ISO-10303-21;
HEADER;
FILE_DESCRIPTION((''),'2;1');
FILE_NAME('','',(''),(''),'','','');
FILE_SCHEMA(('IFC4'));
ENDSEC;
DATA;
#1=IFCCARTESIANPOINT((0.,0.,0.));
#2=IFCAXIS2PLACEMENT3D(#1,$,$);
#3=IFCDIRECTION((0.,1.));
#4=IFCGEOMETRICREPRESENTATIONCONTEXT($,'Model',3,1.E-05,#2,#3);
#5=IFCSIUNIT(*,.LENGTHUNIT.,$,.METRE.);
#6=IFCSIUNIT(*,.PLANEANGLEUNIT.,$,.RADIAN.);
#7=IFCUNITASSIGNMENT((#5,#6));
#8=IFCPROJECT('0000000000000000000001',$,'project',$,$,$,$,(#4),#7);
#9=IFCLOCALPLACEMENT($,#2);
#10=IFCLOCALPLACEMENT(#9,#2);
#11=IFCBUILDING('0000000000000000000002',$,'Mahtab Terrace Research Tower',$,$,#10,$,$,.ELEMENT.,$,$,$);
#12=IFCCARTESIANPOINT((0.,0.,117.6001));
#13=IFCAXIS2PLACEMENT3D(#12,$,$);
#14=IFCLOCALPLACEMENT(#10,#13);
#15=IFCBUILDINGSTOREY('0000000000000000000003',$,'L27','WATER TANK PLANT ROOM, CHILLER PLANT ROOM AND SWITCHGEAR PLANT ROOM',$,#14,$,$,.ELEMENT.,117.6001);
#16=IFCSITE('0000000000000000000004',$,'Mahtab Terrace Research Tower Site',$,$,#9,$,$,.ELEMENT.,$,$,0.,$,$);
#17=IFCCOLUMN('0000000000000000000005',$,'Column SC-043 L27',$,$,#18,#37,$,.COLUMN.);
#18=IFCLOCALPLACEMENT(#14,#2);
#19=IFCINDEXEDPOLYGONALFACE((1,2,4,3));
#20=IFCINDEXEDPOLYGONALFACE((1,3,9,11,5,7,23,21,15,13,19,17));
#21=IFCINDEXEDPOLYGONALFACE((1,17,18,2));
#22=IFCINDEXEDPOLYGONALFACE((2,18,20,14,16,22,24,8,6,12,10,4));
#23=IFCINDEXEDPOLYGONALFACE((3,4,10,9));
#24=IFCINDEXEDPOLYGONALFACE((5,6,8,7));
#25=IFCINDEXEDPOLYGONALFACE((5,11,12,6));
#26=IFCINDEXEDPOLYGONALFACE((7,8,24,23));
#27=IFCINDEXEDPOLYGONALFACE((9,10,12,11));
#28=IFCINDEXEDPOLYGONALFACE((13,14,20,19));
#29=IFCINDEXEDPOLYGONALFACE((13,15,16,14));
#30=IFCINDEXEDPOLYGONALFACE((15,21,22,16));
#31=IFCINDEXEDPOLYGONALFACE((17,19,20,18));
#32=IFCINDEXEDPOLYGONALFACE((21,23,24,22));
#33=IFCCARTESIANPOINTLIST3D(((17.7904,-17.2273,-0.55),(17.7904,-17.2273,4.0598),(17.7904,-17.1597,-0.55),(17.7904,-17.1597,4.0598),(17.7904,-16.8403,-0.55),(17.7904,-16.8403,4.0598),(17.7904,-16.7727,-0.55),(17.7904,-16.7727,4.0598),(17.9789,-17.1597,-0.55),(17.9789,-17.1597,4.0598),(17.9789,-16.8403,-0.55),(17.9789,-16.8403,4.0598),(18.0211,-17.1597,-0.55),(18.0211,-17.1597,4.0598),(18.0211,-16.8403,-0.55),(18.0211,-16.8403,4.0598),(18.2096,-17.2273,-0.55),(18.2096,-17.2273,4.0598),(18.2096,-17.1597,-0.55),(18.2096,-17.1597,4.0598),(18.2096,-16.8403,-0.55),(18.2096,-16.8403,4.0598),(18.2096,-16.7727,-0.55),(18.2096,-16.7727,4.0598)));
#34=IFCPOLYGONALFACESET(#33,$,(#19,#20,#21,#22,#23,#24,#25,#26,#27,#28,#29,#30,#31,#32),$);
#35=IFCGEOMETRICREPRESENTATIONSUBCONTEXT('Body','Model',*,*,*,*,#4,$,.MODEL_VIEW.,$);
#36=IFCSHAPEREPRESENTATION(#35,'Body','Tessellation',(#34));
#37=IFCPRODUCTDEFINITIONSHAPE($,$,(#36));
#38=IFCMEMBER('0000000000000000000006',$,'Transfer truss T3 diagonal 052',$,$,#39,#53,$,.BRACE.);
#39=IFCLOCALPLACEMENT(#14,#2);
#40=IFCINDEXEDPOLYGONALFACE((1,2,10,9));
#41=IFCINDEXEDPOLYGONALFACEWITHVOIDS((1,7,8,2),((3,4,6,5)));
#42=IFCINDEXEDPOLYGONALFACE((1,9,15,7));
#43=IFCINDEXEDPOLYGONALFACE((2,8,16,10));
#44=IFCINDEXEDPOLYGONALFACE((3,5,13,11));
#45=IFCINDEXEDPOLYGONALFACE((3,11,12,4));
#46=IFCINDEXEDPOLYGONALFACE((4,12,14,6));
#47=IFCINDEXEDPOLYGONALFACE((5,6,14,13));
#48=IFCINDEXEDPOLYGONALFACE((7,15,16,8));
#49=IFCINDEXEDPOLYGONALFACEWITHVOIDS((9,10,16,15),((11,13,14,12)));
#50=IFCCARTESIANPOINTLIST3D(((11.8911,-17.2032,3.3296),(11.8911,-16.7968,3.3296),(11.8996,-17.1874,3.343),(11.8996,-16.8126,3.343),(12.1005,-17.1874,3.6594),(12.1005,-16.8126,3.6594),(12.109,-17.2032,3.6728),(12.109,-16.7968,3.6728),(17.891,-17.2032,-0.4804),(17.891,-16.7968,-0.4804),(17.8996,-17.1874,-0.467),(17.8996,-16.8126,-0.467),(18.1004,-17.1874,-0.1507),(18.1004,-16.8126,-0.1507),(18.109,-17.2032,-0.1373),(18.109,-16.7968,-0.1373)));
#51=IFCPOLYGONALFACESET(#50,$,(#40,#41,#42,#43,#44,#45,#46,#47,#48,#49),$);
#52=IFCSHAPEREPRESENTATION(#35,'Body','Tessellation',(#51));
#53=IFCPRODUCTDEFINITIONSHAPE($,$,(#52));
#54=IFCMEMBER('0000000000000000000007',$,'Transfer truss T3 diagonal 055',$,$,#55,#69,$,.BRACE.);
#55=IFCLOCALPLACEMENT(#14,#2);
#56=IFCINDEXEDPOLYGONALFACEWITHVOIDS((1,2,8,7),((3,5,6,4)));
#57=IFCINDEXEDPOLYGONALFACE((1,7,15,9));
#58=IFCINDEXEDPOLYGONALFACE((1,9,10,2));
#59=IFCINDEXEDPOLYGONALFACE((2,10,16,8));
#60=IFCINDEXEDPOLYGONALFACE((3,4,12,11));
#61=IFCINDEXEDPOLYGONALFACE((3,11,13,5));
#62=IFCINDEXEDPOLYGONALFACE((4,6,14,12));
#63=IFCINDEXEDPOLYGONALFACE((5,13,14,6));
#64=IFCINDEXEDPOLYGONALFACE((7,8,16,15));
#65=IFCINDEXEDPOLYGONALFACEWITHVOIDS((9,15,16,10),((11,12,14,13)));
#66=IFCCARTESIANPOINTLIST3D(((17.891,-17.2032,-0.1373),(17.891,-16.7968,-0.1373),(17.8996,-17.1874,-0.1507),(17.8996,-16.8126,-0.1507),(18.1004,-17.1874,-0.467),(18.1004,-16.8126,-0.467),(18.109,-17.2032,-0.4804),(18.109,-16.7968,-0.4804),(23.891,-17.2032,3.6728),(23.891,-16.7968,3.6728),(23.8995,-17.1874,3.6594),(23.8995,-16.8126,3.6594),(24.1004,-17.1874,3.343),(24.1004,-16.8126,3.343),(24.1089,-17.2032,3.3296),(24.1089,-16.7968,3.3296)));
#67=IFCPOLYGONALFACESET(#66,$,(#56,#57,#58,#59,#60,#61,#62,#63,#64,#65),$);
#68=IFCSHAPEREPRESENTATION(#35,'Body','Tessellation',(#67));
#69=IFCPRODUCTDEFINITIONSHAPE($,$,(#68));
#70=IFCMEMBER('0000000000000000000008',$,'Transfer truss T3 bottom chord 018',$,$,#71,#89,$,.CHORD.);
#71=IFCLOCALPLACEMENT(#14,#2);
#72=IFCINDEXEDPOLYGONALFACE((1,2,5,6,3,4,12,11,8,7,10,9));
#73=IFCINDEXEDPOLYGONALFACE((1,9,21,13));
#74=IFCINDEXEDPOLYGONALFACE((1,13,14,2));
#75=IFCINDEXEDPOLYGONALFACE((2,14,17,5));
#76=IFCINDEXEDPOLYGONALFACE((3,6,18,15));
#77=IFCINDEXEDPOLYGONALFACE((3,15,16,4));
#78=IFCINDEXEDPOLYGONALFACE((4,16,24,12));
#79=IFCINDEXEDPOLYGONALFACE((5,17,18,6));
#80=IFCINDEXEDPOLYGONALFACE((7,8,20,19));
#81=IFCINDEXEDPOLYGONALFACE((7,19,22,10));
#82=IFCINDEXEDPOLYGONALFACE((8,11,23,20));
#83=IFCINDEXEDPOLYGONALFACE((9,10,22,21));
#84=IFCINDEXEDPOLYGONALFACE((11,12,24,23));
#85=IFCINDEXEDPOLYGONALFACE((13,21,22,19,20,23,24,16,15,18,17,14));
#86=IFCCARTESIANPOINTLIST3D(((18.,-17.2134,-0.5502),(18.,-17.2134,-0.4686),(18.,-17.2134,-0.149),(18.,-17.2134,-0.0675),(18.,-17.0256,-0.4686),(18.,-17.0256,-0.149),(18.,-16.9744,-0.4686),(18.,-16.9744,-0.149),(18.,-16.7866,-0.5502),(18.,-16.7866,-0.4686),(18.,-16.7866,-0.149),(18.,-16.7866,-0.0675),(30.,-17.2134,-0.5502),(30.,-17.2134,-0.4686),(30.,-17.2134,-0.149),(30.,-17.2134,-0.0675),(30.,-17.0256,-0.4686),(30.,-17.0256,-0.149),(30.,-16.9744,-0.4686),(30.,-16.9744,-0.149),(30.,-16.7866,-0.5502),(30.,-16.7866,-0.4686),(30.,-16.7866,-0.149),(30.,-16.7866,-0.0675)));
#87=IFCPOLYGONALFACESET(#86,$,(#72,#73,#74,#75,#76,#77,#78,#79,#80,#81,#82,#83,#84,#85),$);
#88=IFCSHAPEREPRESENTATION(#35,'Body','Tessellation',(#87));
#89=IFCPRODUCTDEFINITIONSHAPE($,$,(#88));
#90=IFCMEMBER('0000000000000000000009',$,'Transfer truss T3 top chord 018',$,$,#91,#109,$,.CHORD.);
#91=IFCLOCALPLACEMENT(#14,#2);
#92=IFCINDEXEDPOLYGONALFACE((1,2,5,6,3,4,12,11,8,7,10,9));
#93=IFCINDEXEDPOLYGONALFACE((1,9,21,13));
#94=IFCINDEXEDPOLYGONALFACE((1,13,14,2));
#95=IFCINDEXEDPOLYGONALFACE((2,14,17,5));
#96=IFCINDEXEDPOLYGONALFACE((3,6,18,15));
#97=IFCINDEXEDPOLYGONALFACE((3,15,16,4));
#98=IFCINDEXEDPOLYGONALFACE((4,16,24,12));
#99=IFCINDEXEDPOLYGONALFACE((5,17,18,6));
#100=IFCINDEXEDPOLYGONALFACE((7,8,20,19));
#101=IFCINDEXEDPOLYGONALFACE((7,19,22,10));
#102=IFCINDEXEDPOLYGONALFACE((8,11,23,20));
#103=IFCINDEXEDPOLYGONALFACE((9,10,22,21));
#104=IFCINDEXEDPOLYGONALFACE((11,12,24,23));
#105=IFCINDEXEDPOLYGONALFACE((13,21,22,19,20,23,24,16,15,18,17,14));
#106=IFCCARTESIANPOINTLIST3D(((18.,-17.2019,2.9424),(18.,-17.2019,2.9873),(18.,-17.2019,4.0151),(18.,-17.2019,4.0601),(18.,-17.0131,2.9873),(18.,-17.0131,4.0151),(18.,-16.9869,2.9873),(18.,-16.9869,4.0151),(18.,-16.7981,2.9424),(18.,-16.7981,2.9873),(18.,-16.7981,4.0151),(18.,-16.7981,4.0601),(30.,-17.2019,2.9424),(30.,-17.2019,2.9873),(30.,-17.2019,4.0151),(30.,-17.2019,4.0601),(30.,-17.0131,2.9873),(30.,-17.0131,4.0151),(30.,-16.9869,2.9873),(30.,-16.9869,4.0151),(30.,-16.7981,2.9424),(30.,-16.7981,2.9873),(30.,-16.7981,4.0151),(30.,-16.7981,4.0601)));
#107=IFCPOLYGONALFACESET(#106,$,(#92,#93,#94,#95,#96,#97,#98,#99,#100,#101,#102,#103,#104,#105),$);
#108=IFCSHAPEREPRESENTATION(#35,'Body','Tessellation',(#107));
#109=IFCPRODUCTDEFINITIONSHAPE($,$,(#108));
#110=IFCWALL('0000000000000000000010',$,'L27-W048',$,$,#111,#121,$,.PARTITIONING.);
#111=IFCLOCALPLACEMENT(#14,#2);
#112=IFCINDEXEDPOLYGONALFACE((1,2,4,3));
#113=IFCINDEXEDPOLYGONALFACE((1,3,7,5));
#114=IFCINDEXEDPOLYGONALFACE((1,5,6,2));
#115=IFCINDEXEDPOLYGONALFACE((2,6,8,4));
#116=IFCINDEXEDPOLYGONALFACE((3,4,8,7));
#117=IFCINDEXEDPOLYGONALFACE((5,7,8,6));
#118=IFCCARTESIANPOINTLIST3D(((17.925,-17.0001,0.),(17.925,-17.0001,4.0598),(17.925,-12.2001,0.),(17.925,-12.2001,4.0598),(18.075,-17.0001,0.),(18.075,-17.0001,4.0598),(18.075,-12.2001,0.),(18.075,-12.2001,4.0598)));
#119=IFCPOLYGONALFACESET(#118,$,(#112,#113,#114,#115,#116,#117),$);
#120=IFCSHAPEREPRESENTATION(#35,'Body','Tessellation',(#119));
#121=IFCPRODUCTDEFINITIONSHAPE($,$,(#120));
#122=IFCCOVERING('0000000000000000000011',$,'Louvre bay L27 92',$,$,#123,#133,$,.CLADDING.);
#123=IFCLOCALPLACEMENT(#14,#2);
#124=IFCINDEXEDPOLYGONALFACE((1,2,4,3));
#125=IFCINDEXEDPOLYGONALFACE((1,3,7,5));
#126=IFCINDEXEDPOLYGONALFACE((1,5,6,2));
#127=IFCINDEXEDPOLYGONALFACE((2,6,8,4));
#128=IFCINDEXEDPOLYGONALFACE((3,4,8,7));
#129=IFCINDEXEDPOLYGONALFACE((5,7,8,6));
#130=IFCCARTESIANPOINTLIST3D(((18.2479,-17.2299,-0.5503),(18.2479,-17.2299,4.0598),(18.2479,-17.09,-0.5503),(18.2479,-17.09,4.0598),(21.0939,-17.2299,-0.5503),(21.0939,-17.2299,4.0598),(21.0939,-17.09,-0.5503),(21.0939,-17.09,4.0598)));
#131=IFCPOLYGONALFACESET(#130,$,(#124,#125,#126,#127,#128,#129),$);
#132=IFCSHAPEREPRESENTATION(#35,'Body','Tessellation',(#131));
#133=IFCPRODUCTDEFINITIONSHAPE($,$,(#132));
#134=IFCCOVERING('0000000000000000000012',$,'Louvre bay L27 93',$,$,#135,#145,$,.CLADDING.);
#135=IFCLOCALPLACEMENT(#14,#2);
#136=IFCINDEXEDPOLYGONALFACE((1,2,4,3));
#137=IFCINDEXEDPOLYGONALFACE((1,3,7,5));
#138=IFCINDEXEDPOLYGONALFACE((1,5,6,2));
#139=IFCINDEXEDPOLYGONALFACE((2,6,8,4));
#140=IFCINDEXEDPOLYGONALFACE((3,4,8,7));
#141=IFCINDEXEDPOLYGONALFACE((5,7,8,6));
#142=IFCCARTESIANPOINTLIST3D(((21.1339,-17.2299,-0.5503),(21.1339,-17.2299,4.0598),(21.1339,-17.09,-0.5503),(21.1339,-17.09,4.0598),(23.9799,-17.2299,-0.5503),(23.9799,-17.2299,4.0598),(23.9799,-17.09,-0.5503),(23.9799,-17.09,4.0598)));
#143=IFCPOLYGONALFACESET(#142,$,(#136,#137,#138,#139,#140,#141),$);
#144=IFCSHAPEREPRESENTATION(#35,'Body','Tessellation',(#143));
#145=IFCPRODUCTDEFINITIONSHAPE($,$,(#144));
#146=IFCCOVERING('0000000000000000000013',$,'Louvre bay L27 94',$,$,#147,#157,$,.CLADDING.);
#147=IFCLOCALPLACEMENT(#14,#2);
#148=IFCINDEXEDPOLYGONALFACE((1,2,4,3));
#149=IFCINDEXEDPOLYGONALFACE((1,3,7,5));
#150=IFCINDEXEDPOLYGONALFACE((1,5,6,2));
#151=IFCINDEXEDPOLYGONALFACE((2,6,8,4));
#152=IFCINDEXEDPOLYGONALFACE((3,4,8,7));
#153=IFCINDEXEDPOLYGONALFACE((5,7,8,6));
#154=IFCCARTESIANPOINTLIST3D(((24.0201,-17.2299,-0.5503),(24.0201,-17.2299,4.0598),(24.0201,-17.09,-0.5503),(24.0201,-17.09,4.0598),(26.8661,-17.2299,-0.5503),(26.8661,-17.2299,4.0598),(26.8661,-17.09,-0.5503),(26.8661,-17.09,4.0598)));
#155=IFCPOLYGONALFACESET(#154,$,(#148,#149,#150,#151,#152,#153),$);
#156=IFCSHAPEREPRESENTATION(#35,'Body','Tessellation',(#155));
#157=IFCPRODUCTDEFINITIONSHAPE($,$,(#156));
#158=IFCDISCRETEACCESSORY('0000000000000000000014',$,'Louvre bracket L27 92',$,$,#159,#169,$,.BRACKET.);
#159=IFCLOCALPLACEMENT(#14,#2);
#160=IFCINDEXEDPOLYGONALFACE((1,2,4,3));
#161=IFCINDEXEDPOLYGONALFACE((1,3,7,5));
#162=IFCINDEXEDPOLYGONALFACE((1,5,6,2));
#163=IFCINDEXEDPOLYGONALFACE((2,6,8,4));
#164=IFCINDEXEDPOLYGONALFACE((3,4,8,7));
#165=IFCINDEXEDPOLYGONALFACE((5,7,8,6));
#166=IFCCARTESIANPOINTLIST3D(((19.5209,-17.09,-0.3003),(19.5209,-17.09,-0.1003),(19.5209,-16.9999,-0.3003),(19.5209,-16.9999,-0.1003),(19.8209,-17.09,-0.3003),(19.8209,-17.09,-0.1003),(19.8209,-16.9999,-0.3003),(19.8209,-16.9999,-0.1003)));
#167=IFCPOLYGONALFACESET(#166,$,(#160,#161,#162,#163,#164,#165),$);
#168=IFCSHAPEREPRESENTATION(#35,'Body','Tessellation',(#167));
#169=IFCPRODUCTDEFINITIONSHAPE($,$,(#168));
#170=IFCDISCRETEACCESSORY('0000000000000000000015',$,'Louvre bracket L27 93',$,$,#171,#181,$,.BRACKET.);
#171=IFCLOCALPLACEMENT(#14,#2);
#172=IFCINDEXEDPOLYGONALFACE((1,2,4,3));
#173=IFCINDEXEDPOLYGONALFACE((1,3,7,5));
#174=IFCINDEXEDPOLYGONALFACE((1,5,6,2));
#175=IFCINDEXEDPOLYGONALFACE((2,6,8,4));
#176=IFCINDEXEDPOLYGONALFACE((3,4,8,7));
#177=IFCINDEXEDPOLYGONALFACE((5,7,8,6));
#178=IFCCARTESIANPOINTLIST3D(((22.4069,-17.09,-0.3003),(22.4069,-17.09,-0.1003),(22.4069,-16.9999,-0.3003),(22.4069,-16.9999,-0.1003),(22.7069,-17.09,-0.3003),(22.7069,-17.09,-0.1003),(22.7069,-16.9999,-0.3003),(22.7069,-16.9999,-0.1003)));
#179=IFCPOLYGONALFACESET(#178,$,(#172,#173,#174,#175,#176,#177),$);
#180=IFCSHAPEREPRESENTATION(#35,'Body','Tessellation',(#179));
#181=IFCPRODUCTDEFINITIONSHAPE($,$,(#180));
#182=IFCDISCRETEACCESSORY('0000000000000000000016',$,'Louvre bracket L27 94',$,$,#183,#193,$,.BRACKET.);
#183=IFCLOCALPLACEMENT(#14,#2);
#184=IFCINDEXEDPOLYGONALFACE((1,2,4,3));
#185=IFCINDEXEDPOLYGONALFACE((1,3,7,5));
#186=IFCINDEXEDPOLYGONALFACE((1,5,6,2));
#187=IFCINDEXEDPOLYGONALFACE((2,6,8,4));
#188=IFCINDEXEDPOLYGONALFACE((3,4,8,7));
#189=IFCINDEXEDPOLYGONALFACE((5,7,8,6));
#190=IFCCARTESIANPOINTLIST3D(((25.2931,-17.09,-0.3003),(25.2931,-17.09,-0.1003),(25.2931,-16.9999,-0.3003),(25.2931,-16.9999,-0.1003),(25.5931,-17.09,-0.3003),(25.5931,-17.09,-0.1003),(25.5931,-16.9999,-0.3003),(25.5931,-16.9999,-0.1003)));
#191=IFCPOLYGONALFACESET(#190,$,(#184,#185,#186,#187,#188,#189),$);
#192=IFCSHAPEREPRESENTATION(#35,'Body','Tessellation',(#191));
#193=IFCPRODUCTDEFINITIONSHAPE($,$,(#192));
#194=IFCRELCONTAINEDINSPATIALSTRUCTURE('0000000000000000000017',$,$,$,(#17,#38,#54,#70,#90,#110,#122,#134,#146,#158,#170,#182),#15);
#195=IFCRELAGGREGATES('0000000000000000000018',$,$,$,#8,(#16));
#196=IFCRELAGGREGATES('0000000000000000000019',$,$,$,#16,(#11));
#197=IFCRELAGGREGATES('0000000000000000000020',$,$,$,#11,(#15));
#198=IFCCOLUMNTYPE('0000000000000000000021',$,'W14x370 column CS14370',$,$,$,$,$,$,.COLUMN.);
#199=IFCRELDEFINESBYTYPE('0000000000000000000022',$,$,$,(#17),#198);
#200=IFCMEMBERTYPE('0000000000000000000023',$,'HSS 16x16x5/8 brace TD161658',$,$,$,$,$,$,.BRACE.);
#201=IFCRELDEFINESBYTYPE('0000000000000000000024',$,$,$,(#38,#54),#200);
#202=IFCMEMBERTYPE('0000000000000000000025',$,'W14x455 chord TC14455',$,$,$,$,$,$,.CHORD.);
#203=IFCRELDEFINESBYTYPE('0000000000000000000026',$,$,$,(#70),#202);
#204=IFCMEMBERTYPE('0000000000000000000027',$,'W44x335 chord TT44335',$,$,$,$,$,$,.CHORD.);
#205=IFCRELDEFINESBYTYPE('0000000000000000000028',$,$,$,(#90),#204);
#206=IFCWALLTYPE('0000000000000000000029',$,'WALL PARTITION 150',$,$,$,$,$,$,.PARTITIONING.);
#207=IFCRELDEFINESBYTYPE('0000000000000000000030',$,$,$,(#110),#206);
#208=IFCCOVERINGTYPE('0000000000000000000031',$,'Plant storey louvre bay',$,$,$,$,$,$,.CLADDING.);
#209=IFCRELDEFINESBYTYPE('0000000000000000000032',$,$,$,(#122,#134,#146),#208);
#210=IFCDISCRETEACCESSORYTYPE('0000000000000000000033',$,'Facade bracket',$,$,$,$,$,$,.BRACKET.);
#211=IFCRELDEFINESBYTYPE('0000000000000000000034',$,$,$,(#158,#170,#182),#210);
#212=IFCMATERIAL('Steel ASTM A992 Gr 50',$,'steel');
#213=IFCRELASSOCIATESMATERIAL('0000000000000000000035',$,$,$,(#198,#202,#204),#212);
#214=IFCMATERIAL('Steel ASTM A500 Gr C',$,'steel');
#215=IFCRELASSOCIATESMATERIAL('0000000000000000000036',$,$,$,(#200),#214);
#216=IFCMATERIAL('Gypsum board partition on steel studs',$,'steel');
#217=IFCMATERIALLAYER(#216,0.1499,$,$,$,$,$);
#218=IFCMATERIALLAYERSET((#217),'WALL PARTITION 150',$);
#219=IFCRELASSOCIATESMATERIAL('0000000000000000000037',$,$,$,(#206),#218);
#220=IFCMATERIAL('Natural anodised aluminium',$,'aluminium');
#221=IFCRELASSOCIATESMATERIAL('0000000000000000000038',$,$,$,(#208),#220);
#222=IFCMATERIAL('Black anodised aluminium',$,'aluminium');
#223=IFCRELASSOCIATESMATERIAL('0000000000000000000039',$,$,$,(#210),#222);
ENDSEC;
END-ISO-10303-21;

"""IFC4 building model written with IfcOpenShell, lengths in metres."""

from ifc_helpers import new_model, si_unit, direction, frame, frame_2d, origin, origin_2d, place, context, subcontext, project, spatial, rectangle, hollow_rectangle, i_section, extrude, material, layer, layer_set, material_profile, profile_set, type_object, element, save


model = new_model("IFC4")

# Units and contexts
model_context = context("Model", 3, precision=1e-05, world=origin(), true_north=direction((0.0, 1.0)))
body_context = subcontext(model_context, "Body", "Model", "MODEL_VIEW")
ifc_project = project(units=[si_unit("LENGTHUNIT", "METRE"), si_unit("PLANEANGLEUNIT", "RADIAN")], contexts=[model_context])

# Site, building, storey
site_placement = place(None, origin())
site = spatial("IfcSite", under=ifc_project, at=site_placement, Name="Mahtab Terrace Research Tower Site", CompositionType="ELEMENT", RefElevation=0.0)
building_placement = place(site_placement, origin())
building = spatial("IfcBuilding", under=site, at=building_placement, Name="Mahtab Terrace Research Tower", CompositionType="ELEMENT")
storey_placement = place(building_placement, frame((0.0, 0.0, 117.6001)))
storey = spatial("IfcBuildingStorey", under=building, at=storey_placement, Name="L27", Description="WATER TANK PLANT ROOM, CHILLER PLANT ROOM AND SWITCHGEAR PLANT ROOM", CompositionType="ELEMENT", Elevation=117.6001)

# Column
ifc_material_1 = material(Name="Steel ASTM A992 Gr 50", Category="steel")
ifc_material_profile_1 = material_profile(ifc_material_1, i_section(OverallWidth=0.4192, OverallDepth=0.4546, WebThickness=0.0422, FlangeThickness=0.0676, at=origin_2d()), Name="W14X370")
ifc_profile_set_1 = profile_set([ifc_material_profile_1], Name="Steel ASTM A992 Gr 50")
column_type = type_object("IfcColumnType", Name="W14x370 column CS14370", PredefinedType="COLUMN", material=ifc_profile_set_1)
column_placement = place(storey_placement, frame((18.0, -17.0, -0.55), z_axis=(0.0, 0.0, 1.0), x_axis=(1.0, 0.0, 0.0)))
element("IfcColumn", 1, at=column_placement, inside=storey, type_object=column_type, Name="Column SC-043 L27", PredefinedType="COLUMN", context=body_context, shape_type="SweptSolid", body=[
    extrude(i_section(OverallWidth=0.4192, OverallDepth=0.4546, WebThickness=0.0422, FlangeThickness=0.0676, at=origin_2d()), origin(), (0.0, 0.0, 1.0), 4.6099),
])

# Members
ifc_material_2 = material(Name="Steel ASTM A500 Gr C", Category="steel")
ifc_material_profile_2 = material_profile(ifc_material_2, hollow_rectangle(XDim=0.4065, YDim=0.4065, WallThickness=0.0159, at=origin_2d()), Name="HSS16X16X5/8")
ifc_profile_set_2 = profile_set([ifc_material_profile_2], Name="Steel ASTM A500 Gr C")
member_type_1 = type_object("IfcMemberType", Name="HSS 16x16x5/8 brace TD161658", PredefinedType="BRACE", material=ifc_profile_set_2)
for number, where, z_axis, x_axis, name in (
    (2, (18.0, -17.0, -0.3088), (-0.844179, 0.0, 0.536062), (0.0, -1.0, 0.0), "Transfer truss T3 diagonal 052"),
    (3, (18.0, -17.0, -0.3088), (0.844179, 0.0, 0.536062), (0.0, 1.0, 0.0), "Transfer truss T3 diagonal 055"),
):
    element("IfcMember", number, at=place(storey_placement, frame(where, z_axis=z_axis, x_axis=x_axis)), inside=storey, type_object=member_type_1, Name=name, PredefinedType="BRACE", context=body_context, shape_type="SweptSolid", body=[
        extrude(hollow_rectangle(XDim=0.4065, YDim=0.4065, WallThickness=0.0159, at=origin_2d()), origin(), (0.0, 0.0, 1.0), 7.1074),
    ])
ifc_material_profile_3 = material_profile(ifc_material_1, i_section(OverallWidth=0.4268, OverallDepth=0.4827, WebThickness=0.0513, FlangeThickness=0.0815, at=origin_2d()), Name="W14X455")
ifc_profile_set_3 = profile_set([ifc_material_profile_3], Name="Steel ASTM A992 Gr 50")
member_type_2 = type_object("IfcMemberType", Name="W14x455 chord TC14455", PredefinedType="CHORD", material=ifc_profile_set_3)
member_1_placement = place(storey_placement, frame((18.0, -17.0, -0.3088), z_axis=(1.0, 0.0, 0.0), x_axis=(0.0, 1.0, 0.0)))
element("IfcMember", 4, at=member_1_placement, inside=storey, type_object=member_type_2, Name="Transfer truss T3 bottom chord 018", PredefinedType="CHORD", context=body_context, shape_type="SweptSolid", body=[
    extrude(i_section(OverallWidth=0.4268, OverallDepth=0.4827, WebThickness=0.0513, FlangeThickness=0.0815, at=origin_2d()), origin(), (0.0, 0.0, 1.0), 12.0),
])
ifc_material_profile_4 = material_profile(ifc_material_1, i_section(OverallWidth=0.4038, OverallDepth=1.1177, WebThickness=0.0261, FlangeThickness=0.0449, at=origin_2d()), Name="W44X335")
ifc_profile_set_4 = profile_set([ifc_material_profile_4], Name="Steel ASTM A992 Gr 50")
member_type_3 = type_object("IfcMemberType", Name="W44x335 chord TT44335", PredefinedType="CHORD", material=ifc_profile_set_4)
member_2_placement = place(storey_placement, frame((18.0, -17.0, 3.5012), z_axis=(1.0, 0.0, 0.0), x_axis=(0.0, 1.0, 0.0)))
element("IfcMember", 5, at=member_2_placement, inside=storey, type_object=member_type_3, Name="Transfer truss T3 top chord 018", PredefinedType="CHORD", context=body_context, shape_type="SweptSolid", body=[
    extrude(i_section(OverallWidth=0.4038, OverallDepth=1.1177, WebThickness=0.0261, FlangeThickness=0.0449, at=origin_2d()), origin(), (0.0, 0.0, 1.0), 12.0),
])

# Wall
ifc_material_3 = material(Name="Gypsum board partition on steel studs", Category="steel")
ifc_layer_1 = layer(ifc_material_3, 0.1499)
ifc_layer_set_1 = layer_set([ifc_layer_1], Name="WALL PARTITION 150")
wall_type = type_object("IfcWallType", Name="WALL PARTITION 150", PredefinedType="PARTITIONING", material=ifc_layer_set_1)
wall_placement = place(storey_placement, frame((18.0, -17.0, 0.0), z_axis=(0.0, 0.0, 1.0), x_axis=(0.0, 1.0, 0.0)))
element("IfcWall", 6, at=wall_placement, inside=storey, type_object=wall_type, Name="L27-W048", PredefinedType="PARTITIONING", context=body_context, shape_type="SweptSolid", body=[
    extrude(rectangle(XDim=4.8, YDim=0.1499, at=frame_2d((2.3999, 0.0))), origin(), (0.0, 0.0, 1.0), 4.0598),
])

# Coverings
ifc_material_4 = material(Name="Natural anodised aluminium", Category="aluminium")
covering_type = type_object("IfcCoveringType", Name="Plant storey louvre bay", PredefinedType="CLADDING", material=ifc_material_4)
for number, where, z_axis, x_axis, name in (
    (7, (19.6709, -17.1599, -0.5503), (0.0, 0.0, 1.0), (1.0, 0.0, 0.0), "Louvre bay L27 92"),
    (8, (22.5569, -17.1599, -0.5503), (0.0, 0.0, 1.0), (1.0, 0.0, 0.0), "Louvre bay L27 93"),
    (9, (25.4431, -17.1599, -0.5503), (0.0, 0.0, 1.0), (1.0, 0.0, 0.0), "Louvre bay L27 94"),
):
    element("IfcCovering", number, at=place(storey_placement, frame(where, z_axis=z_axis, x_axis=x_axis)), inside=storey, type_object=covering_type, Name=name, PredefinedType="CLADDING", context=body_context, shape_type="SweptSolid", body=[
        extrude(rectangle(XDim=2.8459, YDim=0.1399, at=origin_2d()), origin(), (0.0, 0.0, 1.0), 4.6101),
    ])

# Discrete accessories
ifc_material_5 = material(Name="Black anodised aluminium", Category="aluminium")
discrete_accessory_type_1 = type_object("IfcDiscreteAccessoryType", Name="Facade bracket", PredefinedType="BRACKET", material=ifc_material_5)
for number, where, z_axis, x_axis, name in (
    (10, (19.6709, -17.0449, -0.3003), (0.0, 0.0, 1.0), (1.0, 0.0, 0.0), "Louvre bracket L27 92"),
    (11, (22.5569, -17.0449, -0.3003), (0.0, 0.0, 1.0), (1.0, 0.0, 0.0), "Louvre bracket L27 93"),
    (12, (25.4431, -17.0449, -0.3003), (0.0, 0.0, 1.0), (1.0, 0.0, 0.0), "Louvre bracket L27 94"),
):
    element("IfcDiscreteAccessory", number, at=place(storey_placement, frame(where, z_axis=z_axis, x_axis=x_axis)), inside=storey, type_object=discrete_accessory_type_1, Name=name, PredefinedType="BRACKET", context=body_context, shape_type="SweptSolid", body=[
        extrude(rectangle(XDim=0.3, YDim=0.0901, at=origin_2d()), origin(), (0.0, 0.0, 1.0), 0.2),
    ])

save(model, "model.ifc")
